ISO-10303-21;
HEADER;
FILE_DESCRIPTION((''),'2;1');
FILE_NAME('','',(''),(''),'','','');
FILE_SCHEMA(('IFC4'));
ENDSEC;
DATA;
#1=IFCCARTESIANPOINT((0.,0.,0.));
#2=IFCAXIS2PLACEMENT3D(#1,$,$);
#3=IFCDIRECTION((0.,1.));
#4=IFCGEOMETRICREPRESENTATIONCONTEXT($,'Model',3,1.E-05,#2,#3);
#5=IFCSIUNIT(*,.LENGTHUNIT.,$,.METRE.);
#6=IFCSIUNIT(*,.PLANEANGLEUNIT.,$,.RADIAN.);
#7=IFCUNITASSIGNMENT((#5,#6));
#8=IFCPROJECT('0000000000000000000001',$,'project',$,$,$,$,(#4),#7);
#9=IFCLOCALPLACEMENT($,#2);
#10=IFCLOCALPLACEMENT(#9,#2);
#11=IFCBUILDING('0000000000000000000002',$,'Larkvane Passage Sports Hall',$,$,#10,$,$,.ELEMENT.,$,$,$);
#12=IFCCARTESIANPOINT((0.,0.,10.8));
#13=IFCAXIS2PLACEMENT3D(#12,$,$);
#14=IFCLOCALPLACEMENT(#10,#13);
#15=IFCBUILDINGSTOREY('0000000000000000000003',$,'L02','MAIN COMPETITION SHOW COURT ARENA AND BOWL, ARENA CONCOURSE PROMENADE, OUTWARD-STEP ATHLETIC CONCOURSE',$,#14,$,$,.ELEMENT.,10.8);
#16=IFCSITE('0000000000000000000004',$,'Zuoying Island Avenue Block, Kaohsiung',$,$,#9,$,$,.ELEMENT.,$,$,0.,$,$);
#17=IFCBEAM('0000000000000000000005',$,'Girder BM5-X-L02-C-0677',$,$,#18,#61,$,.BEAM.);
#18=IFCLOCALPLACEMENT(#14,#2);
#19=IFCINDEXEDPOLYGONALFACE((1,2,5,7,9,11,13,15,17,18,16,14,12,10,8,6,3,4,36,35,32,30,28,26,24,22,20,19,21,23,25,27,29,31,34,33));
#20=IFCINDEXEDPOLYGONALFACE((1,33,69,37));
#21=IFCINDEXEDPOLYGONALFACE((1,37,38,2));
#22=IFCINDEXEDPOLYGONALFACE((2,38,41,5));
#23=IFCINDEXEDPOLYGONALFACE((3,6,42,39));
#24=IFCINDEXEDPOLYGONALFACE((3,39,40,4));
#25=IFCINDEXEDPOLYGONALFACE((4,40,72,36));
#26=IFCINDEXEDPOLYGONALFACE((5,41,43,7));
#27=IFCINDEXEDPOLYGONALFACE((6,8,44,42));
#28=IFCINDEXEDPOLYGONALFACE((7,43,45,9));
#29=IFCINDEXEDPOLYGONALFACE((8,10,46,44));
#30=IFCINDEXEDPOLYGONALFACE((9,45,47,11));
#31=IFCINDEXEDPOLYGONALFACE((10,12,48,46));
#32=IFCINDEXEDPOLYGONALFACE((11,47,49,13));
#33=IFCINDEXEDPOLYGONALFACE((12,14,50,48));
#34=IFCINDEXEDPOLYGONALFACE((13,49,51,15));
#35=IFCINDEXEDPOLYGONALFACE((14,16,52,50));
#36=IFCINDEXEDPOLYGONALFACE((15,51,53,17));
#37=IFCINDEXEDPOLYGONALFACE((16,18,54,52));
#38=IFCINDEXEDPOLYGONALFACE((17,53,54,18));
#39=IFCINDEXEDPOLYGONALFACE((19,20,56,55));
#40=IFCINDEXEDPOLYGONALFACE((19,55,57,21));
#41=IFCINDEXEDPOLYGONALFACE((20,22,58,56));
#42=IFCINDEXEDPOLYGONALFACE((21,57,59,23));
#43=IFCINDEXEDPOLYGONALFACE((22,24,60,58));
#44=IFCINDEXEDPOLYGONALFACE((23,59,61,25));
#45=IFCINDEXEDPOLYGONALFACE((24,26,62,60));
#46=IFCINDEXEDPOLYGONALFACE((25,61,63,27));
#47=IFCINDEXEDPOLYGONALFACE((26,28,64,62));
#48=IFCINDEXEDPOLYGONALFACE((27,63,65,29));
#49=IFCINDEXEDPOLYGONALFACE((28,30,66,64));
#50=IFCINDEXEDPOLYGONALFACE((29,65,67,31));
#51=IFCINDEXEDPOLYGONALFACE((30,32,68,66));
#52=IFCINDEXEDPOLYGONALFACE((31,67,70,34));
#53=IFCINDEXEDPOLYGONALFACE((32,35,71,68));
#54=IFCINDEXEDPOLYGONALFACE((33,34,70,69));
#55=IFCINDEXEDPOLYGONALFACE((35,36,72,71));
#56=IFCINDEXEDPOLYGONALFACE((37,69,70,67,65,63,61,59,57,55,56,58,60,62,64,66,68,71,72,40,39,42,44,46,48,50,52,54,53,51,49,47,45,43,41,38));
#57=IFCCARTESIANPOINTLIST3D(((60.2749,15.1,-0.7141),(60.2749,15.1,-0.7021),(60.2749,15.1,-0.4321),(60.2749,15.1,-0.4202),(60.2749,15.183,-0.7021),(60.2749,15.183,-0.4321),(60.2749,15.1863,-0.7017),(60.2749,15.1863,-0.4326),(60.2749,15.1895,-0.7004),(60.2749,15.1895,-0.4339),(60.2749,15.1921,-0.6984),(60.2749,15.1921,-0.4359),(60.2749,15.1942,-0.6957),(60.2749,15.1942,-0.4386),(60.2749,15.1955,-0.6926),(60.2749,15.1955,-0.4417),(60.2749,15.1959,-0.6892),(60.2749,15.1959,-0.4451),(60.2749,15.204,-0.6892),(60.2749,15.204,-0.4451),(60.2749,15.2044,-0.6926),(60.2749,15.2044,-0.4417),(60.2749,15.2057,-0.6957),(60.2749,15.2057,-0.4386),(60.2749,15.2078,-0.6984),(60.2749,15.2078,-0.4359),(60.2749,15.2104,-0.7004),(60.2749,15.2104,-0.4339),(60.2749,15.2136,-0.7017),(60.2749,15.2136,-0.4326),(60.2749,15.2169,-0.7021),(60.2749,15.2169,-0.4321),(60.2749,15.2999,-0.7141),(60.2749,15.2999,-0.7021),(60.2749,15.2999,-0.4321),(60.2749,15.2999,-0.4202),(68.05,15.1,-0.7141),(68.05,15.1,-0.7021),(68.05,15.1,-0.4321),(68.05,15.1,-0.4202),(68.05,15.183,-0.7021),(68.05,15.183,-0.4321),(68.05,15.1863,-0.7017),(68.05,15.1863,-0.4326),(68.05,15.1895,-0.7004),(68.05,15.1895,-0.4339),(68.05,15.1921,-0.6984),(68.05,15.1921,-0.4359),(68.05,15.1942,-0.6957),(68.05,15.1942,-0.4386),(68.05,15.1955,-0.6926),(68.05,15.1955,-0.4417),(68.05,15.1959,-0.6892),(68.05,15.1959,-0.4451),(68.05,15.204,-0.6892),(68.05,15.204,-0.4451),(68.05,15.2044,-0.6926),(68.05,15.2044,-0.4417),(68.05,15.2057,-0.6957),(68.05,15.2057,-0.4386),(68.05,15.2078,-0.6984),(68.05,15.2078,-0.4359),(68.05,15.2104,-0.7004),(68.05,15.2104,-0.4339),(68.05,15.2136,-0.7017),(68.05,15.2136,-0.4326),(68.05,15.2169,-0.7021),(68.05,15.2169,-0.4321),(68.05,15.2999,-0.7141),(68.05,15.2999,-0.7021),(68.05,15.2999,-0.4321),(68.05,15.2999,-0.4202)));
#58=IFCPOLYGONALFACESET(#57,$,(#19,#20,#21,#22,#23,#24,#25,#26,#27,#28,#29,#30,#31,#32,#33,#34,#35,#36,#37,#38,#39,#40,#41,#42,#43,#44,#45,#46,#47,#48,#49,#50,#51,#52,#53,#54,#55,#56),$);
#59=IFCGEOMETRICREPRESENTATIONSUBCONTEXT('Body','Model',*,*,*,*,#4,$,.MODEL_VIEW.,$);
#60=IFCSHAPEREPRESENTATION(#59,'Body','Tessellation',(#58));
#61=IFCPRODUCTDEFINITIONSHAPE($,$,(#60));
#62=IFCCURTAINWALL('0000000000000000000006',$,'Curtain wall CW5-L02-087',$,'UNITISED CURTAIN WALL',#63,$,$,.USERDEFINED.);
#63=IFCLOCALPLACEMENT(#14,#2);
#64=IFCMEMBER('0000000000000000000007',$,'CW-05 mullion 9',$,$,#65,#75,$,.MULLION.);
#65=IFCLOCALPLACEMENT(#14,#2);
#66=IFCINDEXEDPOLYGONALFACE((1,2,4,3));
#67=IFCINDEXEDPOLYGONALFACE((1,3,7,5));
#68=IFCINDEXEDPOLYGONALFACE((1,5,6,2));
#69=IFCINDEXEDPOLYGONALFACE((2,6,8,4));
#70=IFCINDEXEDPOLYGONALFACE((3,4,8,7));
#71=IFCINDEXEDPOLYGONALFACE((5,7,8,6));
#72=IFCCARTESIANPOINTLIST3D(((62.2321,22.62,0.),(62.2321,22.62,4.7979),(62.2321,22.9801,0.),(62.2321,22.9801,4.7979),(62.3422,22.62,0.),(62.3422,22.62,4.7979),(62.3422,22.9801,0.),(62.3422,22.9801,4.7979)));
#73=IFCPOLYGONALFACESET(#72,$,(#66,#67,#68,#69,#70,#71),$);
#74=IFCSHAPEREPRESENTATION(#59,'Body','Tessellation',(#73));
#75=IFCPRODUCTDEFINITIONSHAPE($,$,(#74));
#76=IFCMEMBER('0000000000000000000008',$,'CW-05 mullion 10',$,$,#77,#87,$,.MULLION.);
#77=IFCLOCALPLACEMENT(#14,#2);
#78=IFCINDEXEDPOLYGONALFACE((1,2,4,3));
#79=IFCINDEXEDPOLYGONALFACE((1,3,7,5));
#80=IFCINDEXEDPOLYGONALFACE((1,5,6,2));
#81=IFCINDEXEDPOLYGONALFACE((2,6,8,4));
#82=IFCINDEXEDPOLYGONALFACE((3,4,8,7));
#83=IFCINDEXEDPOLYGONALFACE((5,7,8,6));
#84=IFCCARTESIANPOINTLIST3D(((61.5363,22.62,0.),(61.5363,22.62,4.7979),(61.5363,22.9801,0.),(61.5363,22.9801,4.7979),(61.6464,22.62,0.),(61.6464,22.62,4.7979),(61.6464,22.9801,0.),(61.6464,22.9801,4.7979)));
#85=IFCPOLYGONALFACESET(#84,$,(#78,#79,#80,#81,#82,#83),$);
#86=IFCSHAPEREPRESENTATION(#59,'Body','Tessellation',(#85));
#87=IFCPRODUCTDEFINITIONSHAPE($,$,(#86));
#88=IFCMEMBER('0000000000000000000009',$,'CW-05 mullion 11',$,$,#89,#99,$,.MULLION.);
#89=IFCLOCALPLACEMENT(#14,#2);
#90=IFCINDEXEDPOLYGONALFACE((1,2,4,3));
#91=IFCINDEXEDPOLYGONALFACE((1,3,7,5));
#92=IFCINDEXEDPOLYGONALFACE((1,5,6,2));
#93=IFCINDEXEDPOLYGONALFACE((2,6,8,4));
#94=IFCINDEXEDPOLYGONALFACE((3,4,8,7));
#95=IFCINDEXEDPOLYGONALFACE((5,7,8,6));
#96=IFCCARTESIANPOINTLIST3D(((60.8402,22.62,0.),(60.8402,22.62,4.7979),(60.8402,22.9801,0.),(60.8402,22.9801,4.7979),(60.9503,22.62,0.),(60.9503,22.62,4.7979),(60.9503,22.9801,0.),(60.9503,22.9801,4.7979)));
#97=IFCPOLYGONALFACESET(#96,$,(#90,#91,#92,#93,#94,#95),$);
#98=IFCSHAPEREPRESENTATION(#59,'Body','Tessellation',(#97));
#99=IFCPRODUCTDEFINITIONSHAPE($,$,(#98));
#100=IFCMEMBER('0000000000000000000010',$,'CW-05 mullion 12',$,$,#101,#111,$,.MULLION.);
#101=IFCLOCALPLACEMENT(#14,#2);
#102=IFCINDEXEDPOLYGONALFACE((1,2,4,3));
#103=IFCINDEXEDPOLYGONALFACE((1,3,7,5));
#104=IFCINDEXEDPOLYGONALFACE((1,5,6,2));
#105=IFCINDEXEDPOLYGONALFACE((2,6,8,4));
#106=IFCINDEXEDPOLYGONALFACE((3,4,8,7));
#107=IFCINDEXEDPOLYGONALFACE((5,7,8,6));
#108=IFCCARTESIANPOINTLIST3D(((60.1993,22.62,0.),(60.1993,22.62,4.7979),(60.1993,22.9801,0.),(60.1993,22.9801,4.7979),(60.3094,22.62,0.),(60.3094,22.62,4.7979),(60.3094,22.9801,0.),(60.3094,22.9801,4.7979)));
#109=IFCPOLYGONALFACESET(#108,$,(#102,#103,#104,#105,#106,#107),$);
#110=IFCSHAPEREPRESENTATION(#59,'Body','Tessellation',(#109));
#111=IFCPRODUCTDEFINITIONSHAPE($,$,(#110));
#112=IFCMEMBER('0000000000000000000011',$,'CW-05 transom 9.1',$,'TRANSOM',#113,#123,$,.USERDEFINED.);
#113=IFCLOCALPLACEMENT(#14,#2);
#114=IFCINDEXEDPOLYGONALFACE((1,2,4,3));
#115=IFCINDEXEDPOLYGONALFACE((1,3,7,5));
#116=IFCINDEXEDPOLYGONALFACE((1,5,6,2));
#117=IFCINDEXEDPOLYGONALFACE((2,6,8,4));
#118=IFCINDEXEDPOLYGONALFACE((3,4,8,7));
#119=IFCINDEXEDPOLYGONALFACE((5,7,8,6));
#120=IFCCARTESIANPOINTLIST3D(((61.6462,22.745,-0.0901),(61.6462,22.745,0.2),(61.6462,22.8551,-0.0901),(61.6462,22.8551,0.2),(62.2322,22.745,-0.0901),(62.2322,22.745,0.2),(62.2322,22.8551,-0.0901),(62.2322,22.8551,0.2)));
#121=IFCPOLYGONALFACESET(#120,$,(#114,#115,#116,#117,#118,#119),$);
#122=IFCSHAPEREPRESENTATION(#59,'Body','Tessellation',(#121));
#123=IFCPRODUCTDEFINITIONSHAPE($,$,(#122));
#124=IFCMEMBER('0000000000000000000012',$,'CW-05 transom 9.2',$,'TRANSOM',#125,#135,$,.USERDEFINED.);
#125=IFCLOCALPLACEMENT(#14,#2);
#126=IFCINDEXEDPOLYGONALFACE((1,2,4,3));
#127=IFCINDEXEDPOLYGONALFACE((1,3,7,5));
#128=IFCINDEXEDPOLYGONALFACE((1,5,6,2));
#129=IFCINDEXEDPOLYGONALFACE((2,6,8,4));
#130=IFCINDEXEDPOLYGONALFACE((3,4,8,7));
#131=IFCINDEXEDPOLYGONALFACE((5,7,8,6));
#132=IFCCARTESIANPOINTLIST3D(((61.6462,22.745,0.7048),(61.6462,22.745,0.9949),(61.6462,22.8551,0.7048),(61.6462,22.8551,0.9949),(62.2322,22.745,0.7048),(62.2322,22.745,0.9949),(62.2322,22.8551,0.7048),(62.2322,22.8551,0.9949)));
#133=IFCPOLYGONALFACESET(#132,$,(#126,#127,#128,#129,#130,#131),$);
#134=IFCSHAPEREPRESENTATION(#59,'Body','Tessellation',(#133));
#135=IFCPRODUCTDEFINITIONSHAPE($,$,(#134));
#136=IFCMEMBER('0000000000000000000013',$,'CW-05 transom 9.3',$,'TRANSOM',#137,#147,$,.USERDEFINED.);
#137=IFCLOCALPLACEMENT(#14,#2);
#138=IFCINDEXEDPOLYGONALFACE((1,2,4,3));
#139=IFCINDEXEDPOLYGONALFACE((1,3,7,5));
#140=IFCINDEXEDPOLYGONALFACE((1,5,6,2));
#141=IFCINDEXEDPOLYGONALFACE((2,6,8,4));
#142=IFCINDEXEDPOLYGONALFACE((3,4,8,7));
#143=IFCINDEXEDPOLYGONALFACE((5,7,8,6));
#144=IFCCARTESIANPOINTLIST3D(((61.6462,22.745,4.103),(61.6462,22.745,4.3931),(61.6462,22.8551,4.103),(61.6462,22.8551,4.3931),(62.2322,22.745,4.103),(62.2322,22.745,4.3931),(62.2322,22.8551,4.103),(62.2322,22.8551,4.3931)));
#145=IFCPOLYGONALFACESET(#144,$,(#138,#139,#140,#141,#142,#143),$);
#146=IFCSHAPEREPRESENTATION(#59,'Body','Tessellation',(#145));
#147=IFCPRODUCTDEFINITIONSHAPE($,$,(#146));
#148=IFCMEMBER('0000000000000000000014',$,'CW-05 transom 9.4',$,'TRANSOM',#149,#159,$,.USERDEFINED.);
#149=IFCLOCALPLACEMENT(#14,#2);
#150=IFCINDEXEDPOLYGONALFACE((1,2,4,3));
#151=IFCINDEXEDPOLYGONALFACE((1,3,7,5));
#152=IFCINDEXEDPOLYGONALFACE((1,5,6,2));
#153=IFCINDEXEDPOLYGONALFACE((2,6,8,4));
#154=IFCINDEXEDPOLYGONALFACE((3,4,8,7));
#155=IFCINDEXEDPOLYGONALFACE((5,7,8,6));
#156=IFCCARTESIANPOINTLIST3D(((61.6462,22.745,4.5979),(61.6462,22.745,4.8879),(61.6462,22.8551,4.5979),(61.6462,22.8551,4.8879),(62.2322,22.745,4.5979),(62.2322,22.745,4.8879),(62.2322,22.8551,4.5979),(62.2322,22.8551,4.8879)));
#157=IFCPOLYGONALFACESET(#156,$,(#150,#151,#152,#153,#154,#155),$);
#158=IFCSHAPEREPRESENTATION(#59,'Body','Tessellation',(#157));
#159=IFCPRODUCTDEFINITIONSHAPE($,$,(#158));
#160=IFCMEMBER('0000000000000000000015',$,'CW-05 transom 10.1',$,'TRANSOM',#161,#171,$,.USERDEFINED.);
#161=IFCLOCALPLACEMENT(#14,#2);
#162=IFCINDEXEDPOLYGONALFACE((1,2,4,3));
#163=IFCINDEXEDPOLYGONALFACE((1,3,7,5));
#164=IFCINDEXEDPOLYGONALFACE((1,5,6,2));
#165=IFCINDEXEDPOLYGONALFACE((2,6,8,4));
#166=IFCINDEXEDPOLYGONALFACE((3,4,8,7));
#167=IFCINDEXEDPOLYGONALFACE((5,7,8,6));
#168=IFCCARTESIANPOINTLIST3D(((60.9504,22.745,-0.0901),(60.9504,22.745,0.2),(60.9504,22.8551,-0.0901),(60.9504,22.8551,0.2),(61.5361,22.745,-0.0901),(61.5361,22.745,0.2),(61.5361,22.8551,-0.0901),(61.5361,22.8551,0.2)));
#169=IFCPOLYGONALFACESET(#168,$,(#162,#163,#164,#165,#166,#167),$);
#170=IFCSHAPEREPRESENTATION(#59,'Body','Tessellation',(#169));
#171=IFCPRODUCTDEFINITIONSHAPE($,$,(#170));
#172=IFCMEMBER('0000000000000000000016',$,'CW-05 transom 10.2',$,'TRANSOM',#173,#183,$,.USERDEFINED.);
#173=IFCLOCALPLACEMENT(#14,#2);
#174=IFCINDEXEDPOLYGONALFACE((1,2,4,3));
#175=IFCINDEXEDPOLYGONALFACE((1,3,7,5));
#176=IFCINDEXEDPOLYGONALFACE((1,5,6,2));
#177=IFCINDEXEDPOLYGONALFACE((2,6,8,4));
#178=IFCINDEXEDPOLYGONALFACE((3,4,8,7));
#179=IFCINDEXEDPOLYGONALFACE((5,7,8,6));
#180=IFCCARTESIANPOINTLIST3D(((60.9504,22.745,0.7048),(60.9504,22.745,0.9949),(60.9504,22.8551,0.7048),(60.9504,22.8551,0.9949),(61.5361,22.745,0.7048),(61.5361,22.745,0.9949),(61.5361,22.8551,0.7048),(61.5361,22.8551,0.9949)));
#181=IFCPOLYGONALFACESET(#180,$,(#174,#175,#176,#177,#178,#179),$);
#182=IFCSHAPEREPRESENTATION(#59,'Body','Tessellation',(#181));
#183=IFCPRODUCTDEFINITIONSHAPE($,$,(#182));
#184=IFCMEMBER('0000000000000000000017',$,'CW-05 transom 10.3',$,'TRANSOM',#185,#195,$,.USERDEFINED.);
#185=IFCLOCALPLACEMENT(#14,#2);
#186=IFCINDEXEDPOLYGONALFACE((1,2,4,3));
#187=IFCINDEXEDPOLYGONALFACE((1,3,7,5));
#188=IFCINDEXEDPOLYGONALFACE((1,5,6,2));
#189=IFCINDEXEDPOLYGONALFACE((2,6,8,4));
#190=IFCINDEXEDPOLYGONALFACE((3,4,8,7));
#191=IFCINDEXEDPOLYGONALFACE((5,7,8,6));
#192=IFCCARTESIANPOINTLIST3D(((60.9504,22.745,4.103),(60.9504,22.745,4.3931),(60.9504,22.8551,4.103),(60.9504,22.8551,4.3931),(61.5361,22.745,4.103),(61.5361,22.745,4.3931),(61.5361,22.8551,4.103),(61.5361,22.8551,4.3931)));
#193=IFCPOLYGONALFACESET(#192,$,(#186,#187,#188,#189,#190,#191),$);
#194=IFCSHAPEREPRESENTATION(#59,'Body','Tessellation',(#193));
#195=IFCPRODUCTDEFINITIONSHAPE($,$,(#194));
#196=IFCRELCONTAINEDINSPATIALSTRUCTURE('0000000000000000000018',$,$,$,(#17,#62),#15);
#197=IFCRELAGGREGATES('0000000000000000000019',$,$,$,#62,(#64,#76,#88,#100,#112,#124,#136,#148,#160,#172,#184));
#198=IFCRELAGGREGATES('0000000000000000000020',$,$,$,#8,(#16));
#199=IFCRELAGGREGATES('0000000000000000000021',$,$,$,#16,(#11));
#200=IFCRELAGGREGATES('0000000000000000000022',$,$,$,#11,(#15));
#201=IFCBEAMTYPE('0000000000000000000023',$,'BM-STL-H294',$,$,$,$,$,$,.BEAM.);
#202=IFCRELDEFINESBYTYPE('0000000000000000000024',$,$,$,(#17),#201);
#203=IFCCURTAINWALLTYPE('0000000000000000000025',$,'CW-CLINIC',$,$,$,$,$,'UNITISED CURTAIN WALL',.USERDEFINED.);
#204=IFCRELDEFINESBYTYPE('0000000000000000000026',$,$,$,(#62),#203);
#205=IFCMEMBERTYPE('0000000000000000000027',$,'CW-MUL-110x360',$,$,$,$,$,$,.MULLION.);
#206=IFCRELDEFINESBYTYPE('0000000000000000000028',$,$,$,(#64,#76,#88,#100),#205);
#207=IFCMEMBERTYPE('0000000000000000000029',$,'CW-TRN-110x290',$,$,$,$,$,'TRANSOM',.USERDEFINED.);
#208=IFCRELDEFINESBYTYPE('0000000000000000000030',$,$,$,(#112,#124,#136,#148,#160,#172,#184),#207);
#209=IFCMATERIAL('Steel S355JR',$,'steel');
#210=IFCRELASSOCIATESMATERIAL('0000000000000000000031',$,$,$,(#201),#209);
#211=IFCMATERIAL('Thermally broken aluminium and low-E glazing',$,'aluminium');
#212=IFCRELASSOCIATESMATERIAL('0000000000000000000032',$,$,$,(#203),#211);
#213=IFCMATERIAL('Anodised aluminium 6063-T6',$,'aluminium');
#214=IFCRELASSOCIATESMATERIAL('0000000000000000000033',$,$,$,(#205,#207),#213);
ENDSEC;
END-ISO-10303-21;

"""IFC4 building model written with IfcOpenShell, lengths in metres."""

from ifc_helpers import new_model, si_unit, direction, frame, origin, origin_2d, place, context, subcontext, project, spatial, rectangle, i_section, extrude, material, material_profile, profile_set, type_object, element, aggregate, save


model = new_model("IFC4")

# Units and contexts
model_context = context("Model", 3, precision=1e-05, world=origin(), true_north=direction((0.0, 1.0)))
body_context = subcontext(model_context, "Body", "Model", "MODEL_VIEW")
ifc_project = project(units=[si_unit("LENGTHUNIT", "METRE"), si_unit("PLANEANGLEUNIT", "RADIAN")], contexts=[model_context])

# Site, building, storey
site_placement = place(None, origin())
site = spatial("IfcSite", under=ifc_project, at=site_placement, Name="Zuoying Island Avenue Block, Kaohsiung", CompositionType="ELEMENT", RefElevation=0.0)
building_placement = place(site_placement, origin())
building = spatial("IfcBuilding", under=site, at=building_placement, Name="Larkvane Passage Sports Hall", CompositionType="ELEMENT")
storey_placement = place(building_placement, frame((0.0, 0.0, 10.8)))
storey = spatial("IfcBuildingStorey", under=building, at=storey_placement, Name="L02", Description="MAIN COMPETITION SHOW COURT ARENA AND BOWL, ARENA CONCOURSE PROMENADE, OUTWARD-STEP ATHLETIC CONCOURSE", CompositionType="ELEMENT", Elevation=10.8)

# Beam
ifc_material_1 = material(Name="Steel S355JR", Category="steel")
ifc_material_profile_1 = material_profile(ifc_material_1, i_section(OverallWidth=0.2, OverallDepth=0.2939, WebThickness=0.0081, FlangeThickness=0.012, FilletRadius=0.0129, at=origin_2d()), Name="H-294x200x8x12")
ifc_profile_set_1 = profile_set([ifc_material_profile_1], Name="Steel S355JR")
beam_type_1 = type_object("IfcBeamType", Name="BM-STL-H294", PredefinedType="BEAM", material=ifc_profile_set_1)
beam_1_placement = place(storey_placement, frame((60.2749, 15.2, -0.5671), z_axis=(1.0, 0.0, 0.0), x_axis=(0.0, 1.0, 0.0)))
element("IfcBeam", 1, at=beam_1_placement, inside=storey, type_object=beam_type_1, Name="Girder BM5-X-L02-C-0677", PredefinedType="BEAM", context=body_context, shape_type="SweptSolid", body=[
    extrude(i_section(OverallWidth=0.2, OverallDepth=0.2939, WebThickness=0.0081, FlangeThickness=0.012, FilletRadius=0.0129, at=origin_2d()), origin(), (0.0, 0.0, 1.0), 7.7751),
])

# Curtain wall, members
ifc_material_2 = material(Name="Thermally broken aluminium and low-E glazing", Category="aluminium")
curtain_wall_type = type_object("IfcCurtainWallType", Name="CW-CLINIC", ElementType="UNITISED CURTAIN WALL", PredefinedType="USERDEFINED", material=ifc_material_2)
curtain_wall_placement = place(storey_placement, origin())
curtain_wall = element("IfcCurtainWall", 2, at=curtain_wall_placement, inside=storey, type_object=curtain_wall_type, Name="Curtain wall CW5-L02-087", ObjectType="UNITISED CURTAIN WALL", PredefinedType="USERDEFINED")
ifc_material_3 = material(Name="Anodised aluminium 6063-T6", Category="aluminium")
ifc_material_profile_2 = material_profile(ifc_material_3, rectangle(XDim=0.1101, YDim=0.3601, at=origin_2d()), Name="ALU-MUL-110x360")
ifc_profile_set_2 = profile_set([ifc_material_profile_2], Name="Anodised aluminium 6063-T6")
member_type_1 = type_object("IfcMemberType", Name="CW-MUL-110x360", PredefinedType="MULLION", material=ifc_profile_set_2)
member_1_placement = place(storey_placement, frame((62.2871, 22.8, 0.0), z_axis=(0.0, 0.0, 1.0), x_axis=(-1.0, 0.0, 0.0)))
member_1 = element("IfcMember", 3, at=member_1_placement, type_object=member_type_1, Name="CW-05 mullion 9", PredefinedType="MULLION", context=body_context, shape_type="SweptSolid", body=[
    extrude(rectangle(XDim=0.1101, YDim=0.3601, at=origin_2d()), origin(), (0.0, 0.0, 1.0), 4.7979),
])
member_2_placement = place(storey_placement, frame((61.5913, 22.8, 0.0), z_axis=(0.0, 0.0, 1.0), x_axis=(-1.0, 0.0, 0.0)))
member_2 = element("IfcMember", 4, at=member_2_placement, type_object=member_type_1, Name="CW-05 mullion 10", PredefinedType="MULLION", context=body_context, shape_type="SweptSolid", body=[
    extrude(rectangle(XDim=0.1101, YDim=0.3601, at=origin_2d()), origin(), (0.0, 0.0, 1.0), 4.7979),
])
member_3_placement = place(storey_placement, frame((60.8953, 22.8, 0.0), z_axis=(0.0, 0.0, 1.0), x_axis=(-1.0, 0.0, 0.0)))
member_3 = element("IfcMember", 5, at=member_3_placement, type_object=member_type_1, Name="CW-05 mullion 11", PredefinedType="MULLION", context=body_context, shape_type="SweptSolid", body=[
    extrude(rectangle(XDim=0.1101, YDim=0.3601, at=origin_2d()), origin(), (0.0, 0.0, 1.0), 4.7979),
])
member_4_placement = place(storey_placement, frame((60.2544, 22.8, 0.0), z_axis=(0.0, 0.0, 1.0), x_axis=(-1.0, 0.0, 0.0)))
member_4 = element("IfcMember", 6, at=member_4_placement, type_object=member_type_1, Name="CW-05 mullion 12", PredefinedType="MULLION", context=body_context, shape_type="SweptSolid", body=[
    extrude(rectangle(XDim=0.1101, YDim=0.3601, at=origin_2d()), origin(), (0.0, 0.0, 1.0), 4.7979),
])
ifc_material_profile_3 = material_profile(ifc_material_3, rectangle(XDim=0.1101, YDim=0.29, at=origin_2d()), Name="ALU-TRN-110x290")
ifc_profile_set_3 = profile_set([ifc_material_profile_3], Name="Anodised aluminium 6063-T6")
member_type_2 = type_object("IfcMemberType", Name="CW-TRN-110x290", ElementType="TRANSOM", PredefinedType="USERDEFINED", material=ifc_profile_set_3)
member_5_placement = place(storey_placement, frame((62.2322, 22.8, 0.0549), z_axis=(-1.0, 0.0, 0.0), x_axis=(0.0, -1.0, 0.0)))
member_5 = element("IfcMember", 7, at=member_5_placement, type_object=member_type_2, Name="CW-05 transom 9.1", ObjectType="TRANSOM", PredefinedType="USERDEFINED", context=body_context, shape_type="SweptSolid", body=[
    extrude(rectangle(XDim=0.1101, YDim=0.29, at=origin_2d()), origin(), (0.0, 0.0, 1.0), 0.5859),
])
member_6_placement = place(storey_placement, frame((62.2322, 22.8, 0.8499), z_axis=(-1.0, 0.0, 0.0), x_axis=(0.0, -1.0, 0.0)))
member_6 = element("IfcMember", 8, at=member_6_placement, type_object=member_type_2, Name="CW-05 transom 9.2", ObjectType="TRANSOM", PredefinedType="USERDEFINED", context=body_context, shape_type="SweptSolid", body=[
    extrude(rectangle(XDim=0.1101, YDim=0.29, at=origin_2d()), origin(), (0.0, 0.0, 1.0), 0.5859),
])
member_7_placement = place(storey_placement, frame((62.2322, 22.8, 4.248), z_axis=(-1.0, 0.0, 0.0), x_axis=(0.0, -1.0, 0.0)))
member_7 = element("IfcMember", 9, at=member_7_placement, type_object=member_type_2, Name="CW-05 transom 9.3", ObjectType="TRANSOM", PredefinedType="USERDEFINED", context=body_context, shape_type="SweptSolid", body=[
    extrude(rectangle(XDim=0.1101, YDim=0.29, at=origin_2d()), origin(), (0.0, 0.0, 1.0), 0.5859),
])
member_8_placement = place(storey_placement, frame((62.2322, 22.8, 4.7429), z_axis=(-1.0, 0.0, 0.0), x_axis=(0.0, -1.0, 0.0)))
member_8 = element("IfcMember", 10, at=member_8_placement, type_object=member_type_2, Name="CW-05 transom 9.4", ObjectType="TRANSOM", PredefinedType="USERDEFINED", context=body_context, shape_type="SweptSolid", body=[
    extrude(rectangle(XDim=0.1101, YDim=0.29, at=origin_2d()), origin(), (0.0, 0.0, 1.0), 0.5859),
])
member_9_placement = place(storey_placement, frame((61.5361, 22.8, 0.0549), z_axis=(-1.0, 0.0, 0.0), x_axis=(0.0, -1.0, 0.0)))
member_9 = element("IfcMember", 11, at=member_9_placement, type_object=member_type_2, Name="CW-05 transom 10.1", ObjectType="TRANSOM", PredefinedType="USERDEFINED", context=body_context, shape_type="SweptSolid", body=[
    extrude(rectangle(XDim=0.1101, YDim=0.29, at=origin_2d()), origin(), (0.0, 0.0, 1.0), 0.5857),
])
member_10_placement = place(storey_placement, frame((61.5361, 22.8, 0.8499), z_axis=(-1.0, 0.0, 0.0), x_axis=(0.0, -1.0, 0.0)))
member_10 = element("IfcMember", 12, at=member_10_placement, type_object=member_type_2, Name="CW-05 transom 10.2", ObjectType="TRANSOM", PredefinedType="USERDEFINED", context=body_context, shape_type="SweptSolid", body=[
    extrude(rectangle(XDim=0.1101, YDim=0.29, at=origin_2d()), origin(), (0.0, 0.0, 1.0), 0.5857),
])
member_11_placement = place(storey_placement, frame((61.5361, 22.8, 4.248), z_axis=(-1.0, 0.0, 0.0), x_axis=(0.0, -1.0, 0.0)))
member_11 = element("IfcMember", 13, at=member_11_placement, type_object=member_type_2, Name="CW-05 transom 10.3", ObjectType="TRANSOM", PredefinedType="USERDEFINED", context=body_context, shape_type="SweptSolid", body=[
    extrude(rectangle(XDim=0.1101, YDim=0.29, at=origin_2d()), origin(), (0.0, 0.0, 1.0), 0.5857),
])

aggregate(curtain_wall, [member_1, member_2, member_3, member_4, member_5, member_6, member_7, member_8, member_9, member_10, member_11])

save(model, "model.ifc")
